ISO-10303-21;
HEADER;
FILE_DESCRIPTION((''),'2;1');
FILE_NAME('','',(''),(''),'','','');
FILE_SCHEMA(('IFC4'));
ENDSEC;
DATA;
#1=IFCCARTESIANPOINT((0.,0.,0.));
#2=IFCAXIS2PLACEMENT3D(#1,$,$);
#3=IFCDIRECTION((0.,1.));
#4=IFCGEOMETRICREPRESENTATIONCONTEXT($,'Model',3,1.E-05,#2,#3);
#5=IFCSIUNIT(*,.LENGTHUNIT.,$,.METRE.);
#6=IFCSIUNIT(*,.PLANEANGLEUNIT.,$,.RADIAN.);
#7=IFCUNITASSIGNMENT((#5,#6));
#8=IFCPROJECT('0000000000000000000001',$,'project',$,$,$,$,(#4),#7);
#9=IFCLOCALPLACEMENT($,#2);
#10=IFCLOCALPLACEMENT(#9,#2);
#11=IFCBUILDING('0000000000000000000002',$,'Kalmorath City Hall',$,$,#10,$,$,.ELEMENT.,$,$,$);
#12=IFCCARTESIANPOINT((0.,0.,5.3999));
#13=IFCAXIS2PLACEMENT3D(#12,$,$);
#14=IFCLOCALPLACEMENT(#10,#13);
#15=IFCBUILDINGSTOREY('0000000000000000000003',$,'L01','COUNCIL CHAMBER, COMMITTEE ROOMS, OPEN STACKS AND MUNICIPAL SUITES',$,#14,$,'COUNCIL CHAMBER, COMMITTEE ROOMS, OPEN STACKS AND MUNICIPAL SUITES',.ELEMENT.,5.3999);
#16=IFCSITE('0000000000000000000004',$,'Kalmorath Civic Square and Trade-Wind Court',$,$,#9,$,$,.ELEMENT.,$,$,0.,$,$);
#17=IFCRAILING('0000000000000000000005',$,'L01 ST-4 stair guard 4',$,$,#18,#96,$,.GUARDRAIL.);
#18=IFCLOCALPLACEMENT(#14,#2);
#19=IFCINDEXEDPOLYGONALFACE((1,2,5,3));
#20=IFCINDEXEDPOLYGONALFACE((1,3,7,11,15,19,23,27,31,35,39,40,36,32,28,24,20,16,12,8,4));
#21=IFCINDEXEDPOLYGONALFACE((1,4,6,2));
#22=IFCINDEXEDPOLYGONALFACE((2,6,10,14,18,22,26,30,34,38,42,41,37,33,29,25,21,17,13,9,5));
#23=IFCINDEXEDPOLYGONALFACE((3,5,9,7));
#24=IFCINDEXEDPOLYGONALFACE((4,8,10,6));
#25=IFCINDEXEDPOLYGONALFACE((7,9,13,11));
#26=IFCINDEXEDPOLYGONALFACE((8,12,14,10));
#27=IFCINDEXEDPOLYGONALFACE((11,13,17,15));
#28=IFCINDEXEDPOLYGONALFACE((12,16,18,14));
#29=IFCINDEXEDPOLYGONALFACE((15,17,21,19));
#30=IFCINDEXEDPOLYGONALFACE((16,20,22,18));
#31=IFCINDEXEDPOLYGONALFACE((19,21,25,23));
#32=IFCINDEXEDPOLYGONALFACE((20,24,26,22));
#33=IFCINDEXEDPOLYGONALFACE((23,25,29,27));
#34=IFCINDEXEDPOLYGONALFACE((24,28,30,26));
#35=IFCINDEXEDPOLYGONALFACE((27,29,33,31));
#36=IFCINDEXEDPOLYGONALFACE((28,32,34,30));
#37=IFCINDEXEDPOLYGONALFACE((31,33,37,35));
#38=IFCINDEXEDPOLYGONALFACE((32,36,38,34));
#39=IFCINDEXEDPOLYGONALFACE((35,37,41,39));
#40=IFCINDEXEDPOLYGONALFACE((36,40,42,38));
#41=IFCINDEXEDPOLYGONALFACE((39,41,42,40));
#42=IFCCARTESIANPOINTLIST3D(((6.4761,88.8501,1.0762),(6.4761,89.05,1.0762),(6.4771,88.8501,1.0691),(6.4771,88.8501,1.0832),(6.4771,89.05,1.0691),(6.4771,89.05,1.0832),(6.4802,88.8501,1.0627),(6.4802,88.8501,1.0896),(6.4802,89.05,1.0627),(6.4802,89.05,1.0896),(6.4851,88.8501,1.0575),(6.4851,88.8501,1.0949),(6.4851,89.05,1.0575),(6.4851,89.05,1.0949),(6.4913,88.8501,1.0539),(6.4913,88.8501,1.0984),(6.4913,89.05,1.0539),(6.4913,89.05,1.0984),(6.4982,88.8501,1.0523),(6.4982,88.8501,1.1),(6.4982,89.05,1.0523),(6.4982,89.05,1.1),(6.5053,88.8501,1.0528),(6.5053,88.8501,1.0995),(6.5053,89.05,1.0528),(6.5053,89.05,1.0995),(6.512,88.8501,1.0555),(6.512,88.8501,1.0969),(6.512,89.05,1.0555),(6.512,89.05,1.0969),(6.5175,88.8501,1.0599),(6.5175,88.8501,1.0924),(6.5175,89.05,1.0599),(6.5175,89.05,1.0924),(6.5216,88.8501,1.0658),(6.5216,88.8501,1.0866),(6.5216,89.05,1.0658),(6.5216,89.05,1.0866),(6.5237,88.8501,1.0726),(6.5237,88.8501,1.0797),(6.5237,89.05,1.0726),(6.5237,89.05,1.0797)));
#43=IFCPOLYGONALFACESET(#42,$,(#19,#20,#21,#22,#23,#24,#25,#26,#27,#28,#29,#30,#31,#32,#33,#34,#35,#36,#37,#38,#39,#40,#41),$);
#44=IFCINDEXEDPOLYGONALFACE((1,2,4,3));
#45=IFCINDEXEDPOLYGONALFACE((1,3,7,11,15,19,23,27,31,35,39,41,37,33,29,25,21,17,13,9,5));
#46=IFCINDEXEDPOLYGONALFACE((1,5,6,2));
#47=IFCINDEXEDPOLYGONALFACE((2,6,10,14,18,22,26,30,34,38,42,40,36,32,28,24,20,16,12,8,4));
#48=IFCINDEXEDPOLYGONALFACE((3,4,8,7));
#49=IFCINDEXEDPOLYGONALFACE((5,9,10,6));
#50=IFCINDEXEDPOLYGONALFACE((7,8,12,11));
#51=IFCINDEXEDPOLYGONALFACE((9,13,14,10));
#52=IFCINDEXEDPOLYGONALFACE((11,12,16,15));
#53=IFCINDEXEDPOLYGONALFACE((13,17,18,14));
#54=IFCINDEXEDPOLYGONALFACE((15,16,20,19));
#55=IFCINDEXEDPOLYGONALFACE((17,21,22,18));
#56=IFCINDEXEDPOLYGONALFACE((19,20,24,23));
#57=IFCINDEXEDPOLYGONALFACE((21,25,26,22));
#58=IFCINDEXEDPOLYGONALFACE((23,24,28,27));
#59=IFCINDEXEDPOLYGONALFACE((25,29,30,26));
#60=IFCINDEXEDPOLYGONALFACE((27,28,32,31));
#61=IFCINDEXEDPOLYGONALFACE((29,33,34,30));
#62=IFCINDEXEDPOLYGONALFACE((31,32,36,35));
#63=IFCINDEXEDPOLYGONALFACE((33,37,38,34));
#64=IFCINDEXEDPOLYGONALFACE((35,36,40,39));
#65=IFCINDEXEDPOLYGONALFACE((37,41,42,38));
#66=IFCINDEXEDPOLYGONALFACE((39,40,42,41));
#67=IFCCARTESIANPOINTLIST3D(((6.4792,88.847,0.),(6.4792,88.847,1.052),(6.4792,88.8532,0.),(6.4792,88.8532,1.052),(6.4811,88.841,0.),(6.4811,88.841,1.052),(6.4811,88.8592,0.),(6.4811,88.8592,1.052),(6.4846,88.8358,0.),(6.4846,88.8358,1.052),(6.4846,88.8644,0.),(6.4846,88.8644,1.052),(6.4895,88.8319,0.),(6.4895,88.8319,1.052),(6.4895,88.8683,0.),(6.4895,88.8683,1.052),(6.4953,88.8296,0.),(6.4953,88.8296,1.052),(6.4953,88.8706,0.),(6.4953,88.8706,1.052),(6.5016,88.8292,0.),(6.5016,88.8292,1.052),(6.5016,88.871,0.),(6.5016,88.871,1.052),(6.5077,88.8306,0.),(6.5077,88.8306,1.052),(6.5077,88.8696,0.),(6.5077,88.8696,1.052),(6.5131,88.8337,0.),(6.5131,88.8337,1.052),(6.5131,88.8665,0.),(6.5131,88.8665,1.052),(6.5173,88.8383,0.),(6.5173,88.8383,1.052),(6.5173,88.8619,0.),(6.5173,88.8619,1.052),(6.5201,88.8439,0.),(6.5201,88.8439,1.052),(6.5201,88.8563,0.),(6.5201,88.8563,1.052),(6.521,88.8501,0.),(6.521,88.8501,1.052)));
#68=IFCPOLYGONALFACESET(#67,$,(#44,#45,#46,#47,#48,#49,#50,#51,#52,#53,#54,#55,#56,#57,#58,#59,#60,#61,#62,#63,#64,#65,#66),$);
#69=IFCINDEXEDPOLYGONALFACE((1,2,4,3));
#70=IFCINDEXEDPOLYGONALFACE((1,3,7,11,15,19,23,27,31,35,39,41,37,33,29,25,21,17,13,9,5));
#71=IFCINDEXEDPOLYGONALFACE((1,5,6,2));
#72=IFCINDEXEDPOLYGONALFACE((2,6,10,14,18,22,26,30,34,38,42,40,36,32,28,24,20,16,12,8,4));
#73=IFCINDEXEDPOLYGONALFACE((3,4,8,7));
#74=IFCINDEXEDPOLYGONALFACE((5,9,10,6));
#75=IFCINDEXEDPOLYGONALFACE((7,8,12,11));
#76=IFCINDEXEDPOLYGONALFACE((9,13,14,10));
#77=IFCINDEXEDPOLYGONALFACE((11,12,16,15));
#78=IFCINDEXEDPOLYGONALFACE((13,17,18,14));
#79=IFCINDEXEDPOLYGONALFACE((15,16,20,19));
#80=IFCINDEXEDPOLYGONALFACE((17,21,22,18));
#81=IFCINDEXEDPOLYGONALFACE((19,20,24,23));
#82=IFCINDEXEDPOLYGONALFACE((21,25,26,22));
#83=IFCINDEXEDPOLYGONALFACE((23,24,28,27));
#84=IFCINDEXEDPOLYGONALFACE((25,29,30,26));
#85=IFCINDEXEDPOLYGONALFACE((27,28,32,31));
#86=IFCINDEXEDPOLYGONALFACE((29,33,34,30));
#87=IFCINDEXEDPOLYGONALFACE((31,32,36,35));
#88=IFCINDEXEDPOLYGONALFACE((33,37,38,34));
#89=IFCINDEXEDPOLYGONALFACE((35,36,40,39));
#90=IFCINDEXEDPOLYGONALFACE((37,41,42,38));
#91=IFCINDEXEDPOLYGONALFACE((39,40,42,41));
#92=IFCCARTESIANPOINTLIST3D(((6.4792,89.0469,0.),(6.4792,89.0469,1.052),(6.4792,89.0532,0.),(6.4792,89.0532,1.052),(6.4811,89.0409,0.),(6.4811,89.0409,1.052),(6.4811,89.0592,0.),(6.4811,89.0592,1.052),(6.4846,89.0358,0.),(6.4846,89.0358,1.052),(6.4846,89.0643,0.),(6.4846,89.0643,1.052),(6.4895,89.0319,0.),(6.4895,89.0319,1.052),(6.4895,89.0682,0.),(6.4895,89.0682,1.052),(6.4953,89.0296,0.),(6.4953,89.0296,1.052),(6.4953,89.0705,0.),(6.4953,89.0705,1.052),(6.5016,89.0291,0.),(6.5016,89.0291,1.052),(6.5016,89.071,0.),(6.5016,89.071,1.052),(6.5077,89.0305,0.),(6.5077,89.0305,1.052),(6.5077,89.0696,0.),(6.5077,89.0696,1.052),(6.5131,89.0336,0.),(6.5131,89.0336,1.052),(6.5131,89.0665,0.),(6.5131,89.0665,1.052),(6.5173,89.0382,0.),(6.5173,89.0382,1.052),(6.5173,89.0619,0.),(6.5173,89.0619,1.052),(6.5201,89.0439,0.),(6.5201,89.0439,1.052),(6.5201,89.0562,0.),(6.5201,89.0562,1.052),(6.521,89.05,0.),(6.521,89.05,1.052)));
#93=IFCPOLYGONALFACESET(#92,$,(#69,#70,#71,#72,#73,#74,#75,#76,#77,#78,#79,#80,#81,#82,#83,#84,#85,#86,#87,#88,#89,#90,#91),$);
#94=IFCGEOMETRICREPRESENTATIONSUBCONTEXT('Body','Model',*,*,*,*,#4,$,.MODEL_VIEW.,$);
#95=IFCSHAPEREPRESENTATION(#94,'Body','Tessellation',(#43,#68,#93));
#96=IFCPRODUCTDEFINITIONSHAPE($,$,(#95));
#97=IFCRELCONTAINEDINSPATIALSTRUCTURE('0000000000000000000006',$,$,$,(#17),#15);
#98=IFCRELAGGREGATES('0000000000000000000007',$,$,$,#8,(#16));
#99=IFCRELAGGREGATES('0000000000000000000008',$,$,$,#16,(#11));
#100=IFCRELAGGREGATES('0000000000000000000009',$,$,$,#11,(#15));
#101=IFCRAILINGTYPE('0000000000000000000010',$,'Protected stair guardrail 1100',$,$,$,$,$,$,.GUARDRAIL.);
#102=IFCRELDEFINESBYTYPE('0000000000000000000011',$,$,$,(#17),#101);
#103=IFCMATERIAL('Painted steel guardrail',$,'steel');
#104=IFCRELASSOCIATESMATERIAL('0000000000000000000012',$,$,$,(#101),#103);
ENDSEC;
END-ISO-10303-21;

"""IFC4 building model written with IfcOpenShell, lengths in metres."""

from ifc_helpers import new_model, si_unit, direction, frame, origin, origin_2d, place, context, subcontext, project, spatial, circle, extrude, material, type_object, element, save


model = new_model("IFC4")

# Units and contexts
model_context = context("Model", 3, precision=1e-05, world=origin(), true_north=direction((0.0, 1.0)))
body_context = subcontext(model_context, "Body", "Model", "MODEL_VIEW")
ifc_project = project(units=[si_unit("LENGTHUNIT", "METRE"), si_unit("PLANEANGLEUNIT", "RADIAN")], contexts=[model_context])

# Site, building, storey
site_placement = place(None, origin())
site = spatial("IfcSite", under=ifc_project, at=site_placement, Name="Kalmorath Civic Square and Trade-Wind Court", CompositionType="ELEMENT", RefElevation=0.0)
building_placement = place(site_placement, origin())
building = spatial("IfcBuilding", under=site, at=building_placement, Name="Kalmorath City Hall", CompositionType="ELEMENT")
storey_placement = place(building_placement, frame((0.0, 0.0, 5.3999)))
storey = spatial("IfcBuildingStorey", under=building, at=storey_placement, Name="L01", Description="COUNCIL CHAMBER, COMMITTEE ROOMS, OPEN STACKS AND MUNICIPAL SUITES", LongName="COUNCIL CHAMBER, COMMITTEE ROOMS, OPEN STACKS AND MUNICIPAL SUITES", CompositionType="ELEMENT", Elevation=5.3999)

# Railing
ifc_material_1 = material(Name="Painted steel guardrail", Category="steel")
railing_type_1 = type_object("IfcRailingType", Name="Protected stair guardrail 1100", PredefinedType="GUARDRAIL", material=ifc_material_1)
railing_1_placement = place(storey_placement, frame((6.5, 88.8501, 0.0)))
element("IfcRailing", 1, at=railing_1_placement, inside=storey, type_object=railing_type_1, Name="L01 ST-4 stair guard 4", PredefinedType="GUARDRAIL", context=body_context, shape_type="SweptSolid", body=[
    extrude(circle(Radius=0.0239, at=origin_2d()), frame((0.0, 0.0, 1.0762), z_axis=(0.0, 1.0, 0.0), x_axis=(-1.0, 0.0, 0.0)), (0.0, 0.0, 1.0), 0.2),
    extrude(circle(Radius=0.021, at=origin_2d()), origin(), (0.0, 0.0, 1.0), 1.052),
    extrude(circle(Radius=0.021, at=origin_2d()), frame((0.0, 0.2, 0.0)), (0.0, 0.0, 1.0), 1.052),
])

save(model, "model.ifc")
